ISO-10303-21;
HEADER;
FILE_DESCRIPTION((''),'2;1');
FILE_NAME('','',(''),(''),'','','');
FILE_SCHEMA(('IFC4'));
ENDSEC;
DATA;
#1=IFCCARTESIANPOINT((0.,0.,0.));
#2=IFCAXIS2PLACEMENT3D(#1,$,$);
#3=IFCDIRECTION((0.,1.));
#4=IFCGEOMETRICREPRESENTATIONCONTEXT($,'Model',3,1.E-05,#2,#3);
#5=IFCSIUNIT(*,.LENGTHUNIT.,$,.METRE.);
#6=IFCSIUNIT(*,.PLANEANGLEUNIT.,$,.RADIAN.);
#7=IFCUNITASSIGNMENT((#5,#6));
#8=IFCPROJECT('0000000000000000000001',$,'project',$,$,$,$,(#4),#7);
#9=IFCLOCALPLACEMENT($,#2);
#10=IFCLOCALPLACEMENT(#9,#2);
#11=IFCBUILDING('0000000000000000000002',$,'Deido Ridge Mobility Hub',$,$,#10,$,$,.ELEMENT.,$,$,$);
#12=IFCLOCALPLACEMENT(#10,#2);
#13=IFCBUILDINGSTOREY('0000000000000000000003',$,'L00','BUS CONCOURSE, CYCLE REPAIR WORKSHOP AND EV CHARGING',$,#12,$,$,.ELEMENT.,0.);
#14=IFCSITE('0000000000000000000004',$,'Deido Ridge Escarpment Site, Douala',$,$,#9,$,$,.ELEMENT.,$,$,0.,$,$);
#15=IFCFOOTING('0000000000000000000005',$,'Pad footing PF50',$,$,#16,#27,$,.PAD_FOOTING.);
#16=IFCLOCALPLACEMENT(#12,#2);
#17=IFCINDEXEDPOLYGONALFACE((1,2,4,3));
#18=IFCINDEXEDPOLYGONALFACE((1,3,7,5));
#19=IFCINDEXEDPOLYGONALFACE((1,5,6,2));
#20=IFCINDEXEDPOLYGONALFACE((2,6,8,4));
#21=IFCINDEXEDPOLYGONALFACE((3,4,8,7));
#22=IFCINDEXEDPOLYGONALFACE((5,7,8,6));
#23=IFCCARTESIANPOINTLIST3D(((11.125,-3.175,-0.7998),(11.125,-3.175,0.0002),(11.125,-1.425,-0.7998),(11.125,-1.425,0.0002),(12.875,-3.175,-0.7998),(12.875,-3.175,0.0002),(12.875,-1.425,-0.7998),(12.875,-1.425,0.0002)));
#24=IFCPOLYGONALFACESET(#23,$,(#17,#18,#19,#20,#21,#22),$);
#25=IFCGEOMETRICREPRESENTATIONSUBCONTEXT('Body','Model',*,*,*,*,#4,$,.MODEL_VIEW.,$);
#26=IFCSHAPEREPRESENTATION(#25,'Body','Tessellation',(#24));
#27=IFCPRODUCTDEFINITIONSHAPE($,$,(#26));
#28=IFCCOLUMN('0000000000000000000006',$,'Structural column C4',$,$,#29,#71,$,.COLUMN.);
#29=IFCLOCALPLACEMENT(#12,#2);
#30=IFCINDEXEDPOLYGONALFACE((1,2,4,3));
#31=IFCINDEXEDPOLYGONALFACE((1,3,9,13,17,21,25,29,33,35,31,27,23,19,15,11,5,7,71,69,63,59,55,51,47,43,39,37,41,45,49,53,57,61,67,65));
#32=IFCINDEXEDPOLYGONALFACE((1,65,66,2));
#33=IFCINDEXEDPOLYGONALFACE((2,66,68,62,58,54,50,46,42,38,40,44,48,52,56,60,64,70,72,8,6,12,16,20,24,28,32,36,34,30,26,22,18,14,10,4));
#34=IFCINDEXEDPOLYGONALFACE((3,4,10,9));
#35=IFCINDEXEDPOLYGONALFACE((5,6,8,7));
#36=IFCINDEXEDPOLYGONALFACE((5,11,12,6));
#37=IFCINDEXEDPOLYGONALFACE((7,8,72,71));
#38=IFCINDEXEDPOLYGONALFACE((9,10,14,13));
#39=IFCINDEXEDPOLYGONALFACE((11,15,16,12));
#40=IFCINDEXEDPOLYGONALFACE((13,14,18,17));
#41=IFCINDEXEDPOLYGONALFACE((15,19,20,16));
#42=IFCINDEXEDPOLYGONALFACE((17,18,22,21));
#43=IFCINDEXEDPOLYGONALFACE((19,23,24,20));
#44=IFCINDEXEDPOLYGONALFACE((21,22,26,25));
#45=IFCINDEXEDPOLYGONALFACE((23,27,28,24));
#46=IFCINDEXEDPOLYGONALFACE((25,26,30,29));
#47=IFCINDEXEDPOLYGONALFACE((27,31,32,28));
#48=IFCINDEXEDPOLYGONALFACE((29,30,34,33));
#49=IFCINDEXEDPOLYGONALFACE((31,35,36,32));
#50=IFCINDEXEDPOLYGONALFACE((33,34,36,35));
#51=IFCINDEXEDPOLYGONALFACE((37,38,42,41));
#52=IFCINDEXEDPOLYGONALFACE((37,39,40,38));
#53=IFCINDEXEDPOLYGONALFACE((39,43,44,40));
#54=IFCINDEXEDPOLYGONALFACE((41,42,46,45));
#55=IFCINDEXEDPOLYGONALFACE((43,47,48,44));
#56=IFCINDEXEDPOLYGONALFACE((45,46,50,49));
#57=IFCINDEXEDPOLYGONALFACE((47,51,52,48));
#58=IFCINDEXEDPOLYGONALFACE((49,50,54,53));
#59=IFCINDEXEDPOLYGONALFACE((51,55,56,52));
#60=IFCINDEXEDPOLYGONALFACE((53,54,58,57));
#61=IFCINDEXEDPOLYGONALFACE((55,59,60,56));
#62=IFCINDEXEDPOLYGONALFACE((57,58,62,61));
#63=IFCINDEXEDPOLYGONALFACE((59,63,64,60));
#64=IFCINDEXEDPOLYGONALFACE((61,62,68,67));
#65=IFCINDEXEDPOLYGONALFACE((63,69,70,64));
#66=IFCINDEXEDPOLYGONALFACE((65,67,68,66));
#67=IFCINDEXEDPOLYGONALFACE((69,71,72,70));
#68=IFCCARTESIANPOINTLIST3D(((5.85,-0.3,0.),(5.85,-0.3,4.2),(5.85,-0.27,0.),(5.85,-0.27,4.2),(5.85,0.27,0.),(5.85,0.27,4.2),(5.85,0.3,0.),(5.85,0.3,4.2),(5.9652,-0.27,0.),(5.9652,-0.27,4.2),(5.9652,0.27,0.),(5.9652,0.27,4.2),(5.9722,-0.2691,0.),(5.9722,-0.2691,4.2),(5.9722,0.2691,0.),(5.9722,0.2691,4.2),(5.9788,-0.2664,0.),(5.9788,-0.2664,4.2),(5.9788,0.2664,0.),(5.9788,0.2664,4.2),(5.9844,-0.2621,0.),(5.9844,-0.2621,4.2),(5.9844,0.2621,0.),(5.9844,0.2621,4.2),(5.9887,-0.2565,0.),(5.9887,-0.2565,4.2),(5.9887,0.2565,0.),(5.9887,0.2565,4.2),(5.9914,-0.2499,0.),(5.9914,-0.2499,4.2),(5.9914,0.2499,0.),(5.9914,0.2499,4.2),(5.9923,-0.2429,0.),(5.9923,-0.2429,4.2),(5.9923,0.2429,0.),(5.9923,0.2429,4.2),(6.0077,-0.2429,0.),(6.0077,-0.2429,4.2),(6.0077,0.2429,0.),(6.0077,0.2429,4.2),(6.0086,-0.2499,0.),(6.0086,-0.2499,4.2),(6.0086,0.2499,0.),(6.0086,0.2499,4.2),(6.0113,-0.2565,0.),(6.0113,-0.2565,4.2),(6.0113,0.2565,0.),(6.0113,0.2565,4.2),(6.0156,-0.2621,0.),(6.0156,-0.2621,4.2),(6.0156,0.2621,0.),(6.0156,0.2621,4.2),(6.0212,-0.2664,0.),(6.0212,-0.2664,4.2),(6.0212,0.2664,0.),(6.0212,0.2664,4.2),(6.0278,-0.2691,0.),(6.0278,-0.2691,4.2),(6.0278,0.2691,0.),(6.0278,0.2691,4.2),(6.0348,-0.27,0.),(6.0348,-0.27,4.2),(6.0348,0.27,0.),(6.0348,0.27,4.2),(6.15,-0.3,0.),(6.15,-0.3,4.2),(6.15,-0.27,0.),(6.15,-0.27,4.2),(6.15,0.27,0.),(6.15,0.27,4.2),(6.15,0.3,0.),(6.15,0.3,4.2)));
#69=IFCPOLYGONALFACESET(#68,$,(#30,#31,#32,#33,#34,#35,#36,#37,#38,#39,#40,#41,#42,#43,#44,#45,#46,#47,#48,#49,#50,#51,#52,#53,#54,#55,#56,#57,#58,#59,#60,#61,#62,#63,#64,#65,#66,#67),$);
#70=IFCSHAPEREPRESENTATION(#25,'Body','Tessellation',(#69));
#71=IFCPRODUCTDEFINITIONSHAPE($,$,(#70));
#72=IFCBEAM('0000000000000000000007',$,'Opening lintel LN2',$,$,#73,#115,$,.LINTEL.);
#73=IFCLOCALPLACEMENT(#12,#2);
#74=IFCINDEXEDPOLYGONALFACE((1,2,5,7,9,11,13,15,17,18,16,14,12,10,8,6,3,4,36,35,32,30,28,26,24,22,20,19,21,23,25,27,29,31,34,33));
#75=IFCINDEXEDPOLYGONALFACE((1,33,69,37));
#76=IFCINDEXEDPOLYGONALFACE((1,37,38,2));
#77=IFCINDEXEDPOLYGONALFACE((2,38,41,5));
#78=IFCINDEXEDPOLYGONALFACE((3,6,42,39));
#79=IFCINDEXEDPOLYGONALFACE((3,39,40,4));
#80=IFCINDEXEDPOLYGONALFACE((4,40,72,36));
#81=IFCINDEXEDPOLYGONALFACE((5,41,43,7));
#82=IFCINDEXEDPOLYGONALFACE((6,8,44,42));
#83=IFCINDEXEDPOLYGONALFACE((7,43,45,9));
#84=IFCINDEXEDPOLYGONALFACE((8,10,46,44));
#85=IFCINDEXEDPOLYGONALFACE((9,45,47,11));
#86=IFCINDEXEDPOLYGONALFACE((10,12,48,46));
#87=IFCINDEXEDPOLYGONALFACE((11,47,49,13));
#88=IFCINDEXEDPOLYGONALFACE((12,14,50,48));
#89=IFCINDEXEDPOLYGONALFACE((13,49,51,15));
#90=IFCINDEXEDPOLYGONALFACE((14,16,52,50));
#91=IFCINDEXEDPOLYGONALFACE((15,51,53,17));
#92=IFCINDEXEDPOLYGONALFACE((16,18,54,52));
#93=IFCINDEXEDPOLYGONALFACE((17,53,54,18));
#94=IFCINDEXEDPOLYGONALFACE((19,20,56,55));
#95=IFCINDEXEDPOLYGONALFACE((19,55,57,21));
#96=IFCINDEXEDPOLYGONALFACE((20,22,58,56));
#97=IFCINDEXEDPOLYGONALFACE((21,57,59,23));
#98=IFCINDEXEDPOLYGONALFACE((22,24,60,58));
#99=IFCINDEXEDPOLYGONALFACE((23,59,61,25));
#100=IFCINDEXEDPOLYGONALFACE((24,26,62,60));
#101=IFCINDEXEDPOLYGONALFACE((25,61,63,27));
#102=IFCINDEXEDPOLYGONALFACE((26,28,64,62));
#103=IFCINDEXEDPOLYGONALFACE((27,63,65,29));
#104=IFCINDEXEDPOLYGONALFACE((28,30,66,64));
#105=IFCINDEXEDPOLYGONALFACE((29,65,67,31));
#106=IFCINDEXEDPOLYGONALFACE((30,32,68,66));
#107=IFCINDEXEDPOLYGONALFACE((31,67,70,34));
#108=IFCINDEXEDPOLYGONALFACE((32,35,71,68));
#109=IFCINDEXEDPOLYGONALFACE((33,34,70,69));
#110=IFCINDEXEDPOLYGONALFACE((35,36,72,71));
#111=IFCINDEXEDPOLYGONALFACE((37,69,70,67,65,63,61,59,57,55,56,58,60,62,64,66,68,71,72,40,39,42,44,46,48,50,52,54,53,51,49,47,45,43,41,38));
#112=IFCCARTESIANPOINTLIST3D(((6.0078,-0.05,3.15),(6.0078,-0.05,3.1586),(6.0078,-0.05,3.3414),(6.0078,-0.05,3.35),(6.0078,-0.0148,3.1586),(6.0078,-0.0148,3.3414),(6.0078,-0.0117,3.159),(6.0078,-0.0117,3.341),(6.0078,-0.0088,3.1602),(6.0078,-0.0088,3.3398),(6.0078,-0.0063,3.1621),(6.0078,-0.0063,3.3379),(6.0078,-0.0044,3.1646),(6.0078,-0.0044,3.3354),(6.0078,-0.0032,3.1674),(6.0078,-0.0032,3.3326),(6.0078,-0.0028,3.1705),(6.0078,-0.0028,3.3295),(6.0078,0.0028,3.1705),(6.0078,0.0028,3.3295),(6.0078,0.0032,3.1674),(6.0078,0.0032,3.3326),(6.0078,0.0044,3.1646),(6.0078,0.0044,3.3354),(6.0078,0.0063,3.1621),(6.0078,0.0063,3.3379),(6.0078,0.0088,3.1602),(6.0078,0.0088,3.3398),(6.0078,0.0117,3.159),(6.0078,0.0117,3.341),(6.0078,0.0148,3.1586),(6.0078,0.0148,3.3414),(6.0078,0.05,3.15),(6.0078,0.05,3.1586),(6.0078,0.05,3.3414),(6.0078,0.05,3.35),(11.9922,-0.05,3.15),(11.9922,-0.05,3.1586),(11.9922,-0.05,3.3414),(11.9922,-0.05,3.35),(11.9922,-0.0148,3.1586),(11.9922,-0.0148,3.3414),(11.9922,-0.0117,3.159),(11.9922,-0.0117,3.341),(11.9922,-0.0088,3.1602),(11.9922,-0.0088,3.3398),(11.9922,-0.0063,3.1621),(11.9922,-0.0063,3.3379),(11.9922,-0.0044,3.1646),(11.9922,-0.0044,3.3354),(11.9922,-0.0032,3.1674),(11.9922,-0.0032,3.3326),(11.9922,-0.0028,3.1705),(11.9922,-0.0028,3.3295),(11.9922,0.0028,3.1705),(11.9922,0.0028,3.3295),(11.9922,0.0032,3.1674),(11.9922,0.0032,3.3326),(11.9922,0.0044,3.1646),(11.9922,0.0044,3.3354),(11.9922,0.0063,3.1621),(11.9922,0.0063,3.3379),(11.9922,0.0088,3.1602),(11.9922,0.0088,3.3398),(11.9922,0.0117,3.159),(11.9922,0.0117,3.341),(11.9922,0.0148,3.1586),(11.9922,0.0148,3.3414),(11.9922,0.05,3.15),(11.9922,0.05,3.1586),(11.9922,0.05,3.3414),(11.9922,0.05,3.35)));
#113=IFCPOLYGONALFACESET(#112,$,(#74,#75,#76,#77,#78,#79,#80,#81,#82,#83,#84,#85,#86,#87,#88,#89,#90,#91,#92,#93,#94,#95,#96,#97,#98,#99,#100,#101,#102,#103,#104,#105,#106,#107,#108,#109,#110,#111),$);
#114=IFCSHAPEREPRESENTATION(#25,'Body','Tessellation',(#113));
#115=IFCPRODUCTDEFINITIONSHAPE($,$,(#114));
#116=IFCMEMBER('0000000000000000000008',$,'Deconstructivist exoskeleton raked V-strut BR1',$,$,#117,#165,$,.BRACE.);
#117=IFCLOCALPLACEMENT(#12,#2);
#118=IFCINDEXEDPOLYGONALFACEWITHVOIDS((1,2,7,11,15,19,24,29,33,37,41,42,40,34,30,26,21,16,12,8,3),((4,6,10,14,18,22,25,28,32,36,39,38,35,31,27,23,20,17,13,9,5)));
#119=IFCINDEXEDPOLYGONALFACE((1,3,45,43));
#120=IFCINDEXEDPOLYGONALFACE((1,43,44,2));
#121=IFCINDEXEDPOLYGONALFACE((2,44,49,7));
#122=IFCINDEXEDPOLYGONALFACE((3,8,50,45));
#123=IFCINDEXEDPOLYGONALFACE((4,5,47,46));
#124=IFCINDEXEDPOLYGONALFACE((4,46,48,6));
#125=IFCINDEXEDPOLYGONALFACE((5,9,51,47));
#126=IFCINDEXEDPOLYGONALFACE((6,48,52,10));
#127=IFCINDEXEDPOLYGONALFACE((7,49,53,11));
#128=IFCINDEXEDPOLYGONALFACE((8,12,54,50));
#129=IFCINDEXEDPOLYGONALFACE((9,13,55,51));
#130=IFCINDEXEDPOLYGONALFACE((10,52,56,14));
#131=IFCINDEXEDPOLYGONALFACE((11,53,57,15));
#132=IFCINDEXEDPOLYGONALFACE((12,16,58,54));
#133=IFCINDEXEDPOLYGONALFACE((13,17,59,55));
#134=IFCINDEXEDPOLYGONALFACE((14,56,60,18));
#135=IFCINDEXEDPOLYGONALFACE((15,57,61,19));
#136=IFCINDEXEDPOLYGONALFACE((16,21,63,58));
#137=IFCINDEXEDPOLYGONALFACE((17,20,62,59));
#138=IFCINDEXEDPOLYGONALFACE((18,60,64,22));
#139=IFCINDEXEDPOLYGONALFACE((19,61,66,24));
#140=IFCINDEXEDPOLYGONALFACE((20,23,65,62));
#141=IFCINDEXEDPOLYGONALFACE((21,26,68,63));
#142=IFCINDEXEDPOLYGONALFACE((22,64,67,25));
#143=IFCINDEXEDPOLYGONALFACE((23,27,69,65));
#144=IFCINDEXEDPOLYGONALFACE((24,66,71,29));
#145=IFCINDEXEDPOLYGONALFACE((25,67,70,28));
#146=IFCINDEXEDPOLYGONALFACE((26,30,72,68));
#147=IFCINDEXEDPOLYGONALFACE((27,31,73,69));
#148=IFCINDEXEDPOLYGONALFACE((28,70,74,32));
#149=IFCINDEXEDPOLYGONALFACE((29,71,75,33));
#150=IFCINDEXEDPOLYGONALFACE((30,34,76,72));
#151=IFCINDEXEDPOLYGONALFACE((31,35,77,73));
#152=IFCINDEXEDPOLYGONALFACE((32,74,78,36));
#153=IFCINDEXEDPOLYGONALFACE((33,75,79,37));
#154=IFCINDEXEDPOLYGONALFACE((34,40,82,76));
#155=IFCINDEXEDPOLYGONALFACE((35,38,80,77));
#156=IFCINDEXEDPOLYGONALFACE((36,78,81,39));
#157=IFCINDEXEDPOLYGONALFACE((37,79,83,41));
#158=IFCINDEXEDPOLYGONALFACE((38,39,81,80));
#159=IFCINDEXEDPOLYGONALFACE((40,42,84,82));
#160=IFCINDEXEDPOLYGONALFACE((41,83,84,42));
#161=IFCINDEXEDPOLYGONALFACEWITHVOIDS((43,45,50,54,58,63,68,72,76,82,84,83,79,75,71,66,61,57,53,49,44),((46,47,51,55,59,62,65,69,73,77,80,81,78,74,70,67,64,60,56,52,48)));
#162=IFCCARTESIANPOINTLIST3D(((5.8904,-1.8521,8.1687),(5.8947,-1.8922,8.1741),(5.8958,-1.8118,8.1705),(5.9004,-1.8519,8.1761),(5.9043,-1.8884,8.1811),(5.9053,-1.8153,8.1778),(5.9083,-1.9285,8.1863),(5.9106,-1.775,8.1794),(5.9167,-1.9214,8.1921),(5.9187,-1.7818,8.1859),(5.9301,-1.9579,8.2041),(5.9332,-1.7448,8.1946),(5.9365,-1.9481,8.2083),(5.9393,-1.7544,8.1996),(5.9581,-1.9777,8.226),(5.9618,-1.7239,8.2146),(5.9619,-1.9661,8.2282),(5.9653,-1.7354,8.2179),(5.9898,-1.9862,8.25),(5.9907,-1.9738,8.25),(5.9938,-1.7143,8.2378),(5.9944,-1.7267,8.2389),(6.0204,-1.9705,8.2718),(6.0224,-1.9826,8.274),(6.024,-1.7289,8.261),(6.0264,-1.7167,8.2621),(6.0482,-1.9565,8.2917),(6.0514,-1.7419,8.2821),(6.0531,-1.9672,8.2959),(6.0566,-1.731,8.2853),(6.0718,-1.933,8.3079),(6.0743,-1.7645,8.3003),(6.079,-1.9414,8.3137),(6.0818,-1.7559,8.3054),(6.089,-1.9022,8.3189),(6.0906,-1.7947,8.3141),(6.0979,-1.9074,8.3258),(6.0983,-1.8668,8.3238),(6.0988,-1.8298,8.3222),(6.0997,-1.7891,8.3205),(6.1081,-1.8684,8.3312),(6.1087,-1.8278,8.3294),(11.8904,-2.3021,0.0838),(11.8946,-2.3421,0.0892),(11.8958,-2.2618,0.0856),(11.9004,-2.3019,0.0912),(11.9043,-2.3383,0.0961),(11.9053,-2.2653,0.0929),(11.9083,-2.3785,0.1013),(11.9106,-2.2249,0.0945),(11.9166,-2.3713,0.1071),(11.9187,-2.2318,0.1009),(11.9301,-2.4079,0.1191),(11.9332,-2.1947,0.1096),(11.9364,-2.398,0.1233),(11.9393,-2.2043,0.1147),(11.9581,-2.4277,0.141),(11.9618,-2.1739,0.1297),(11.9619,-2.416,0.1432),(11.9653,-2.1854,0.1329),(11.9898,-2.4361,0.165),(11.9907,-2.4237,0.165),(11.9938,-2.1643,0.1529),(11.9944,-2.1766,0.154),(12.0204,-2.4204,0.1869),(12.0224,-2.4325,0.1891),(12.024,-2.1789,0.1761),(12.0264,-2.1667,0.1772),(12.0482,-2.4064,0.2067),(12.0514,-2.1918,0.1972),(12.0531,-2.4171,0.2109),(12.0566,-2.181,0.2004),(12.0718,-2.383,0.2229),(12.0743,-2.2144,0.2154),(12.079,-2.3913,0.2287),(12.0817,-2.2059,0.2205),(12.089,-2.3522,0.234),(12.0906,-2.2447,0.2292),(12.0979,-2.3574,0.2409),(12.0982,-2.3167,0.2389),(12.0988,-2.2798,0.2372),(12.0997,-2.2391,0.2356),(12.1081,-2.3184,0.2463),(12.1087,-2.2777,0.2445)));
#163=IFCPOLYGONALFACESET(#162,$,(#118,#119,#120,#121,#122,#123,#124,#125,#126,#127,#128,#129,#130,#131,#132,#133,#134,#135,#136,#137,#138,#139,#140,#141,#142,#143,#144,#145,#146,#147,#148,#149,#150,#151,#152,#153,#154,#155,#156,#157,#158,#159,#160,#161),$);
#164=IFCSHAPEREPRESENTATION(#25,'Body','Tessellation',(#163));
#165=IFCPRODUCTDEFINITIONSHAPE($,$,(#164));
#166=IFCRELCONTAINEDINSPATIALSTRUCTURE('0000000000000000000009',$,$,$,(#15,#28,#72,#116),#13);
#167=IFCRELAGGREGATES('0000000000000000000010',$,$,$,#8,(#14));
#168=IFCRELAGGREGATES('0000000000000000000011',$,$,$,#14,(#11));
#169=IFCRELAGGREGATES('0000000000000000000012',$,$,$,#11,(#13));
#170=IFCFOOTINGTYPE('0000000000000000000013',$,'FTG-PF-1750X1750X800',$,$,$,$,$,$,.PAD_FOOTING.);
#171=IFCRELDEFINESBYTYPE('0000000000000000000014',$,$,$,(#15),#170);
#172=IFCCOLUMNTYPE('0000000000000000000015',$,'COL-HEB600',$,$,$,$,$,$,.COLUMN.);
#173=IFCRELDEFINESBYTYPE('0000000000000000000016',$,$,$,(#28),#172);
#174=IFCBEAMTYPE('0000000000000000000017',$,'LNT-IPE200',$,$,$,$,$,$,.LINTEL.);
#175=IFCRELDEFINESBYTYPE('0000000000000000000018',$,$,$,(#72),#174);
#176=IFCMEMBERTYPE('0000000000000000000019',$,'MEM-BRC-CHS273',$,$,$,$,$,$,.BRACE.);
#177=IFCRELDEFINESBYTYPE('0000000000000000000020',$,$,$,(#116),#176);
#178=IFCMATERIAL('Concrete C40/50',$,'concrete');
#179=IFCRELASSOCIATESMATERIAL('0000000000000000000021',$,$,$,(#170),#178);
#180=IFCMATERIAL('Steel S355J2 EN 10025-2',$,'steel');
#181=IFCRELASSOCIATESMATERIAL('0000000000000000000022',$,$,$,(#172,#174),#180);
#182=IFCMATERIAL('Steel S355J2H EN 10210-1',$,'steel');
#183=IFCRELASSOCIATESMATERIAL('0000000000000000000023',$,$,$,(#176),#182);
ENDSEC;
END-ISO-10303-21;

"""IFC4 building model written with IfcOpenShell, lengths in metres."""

from ifc_helpers import new_model, si_unit, direction, frame, origin, origin_2d, place, context, subcontext, project, spatial, rectangle, hollow_circle, i_section, extrude, material, material_profile, profile_set, type_object, element, save


model = new_model("IFC4")

# Units and contexts
model_context = context("Model", 3, precision=1e-05, world=origin(), true_north=direction((0.0, 1.0)))
body_context = subcontext(model_context, "Body", "Model", "MODEL_VIEW")
ifc_project = project(units=[si_unit("LENGTHUNIT", "METRE"), si_unit("PLANEANGLEUNIT", "RADIAN")], contexts=[model_context])

# Site, building, storey
site_placement = place(None, origin())
site = spatial("IfcSite", under=ifc_project, at=site_placement, Name="Deido Ridge Escarpment Site, Douala", CompositionType="ELEMENT", RefElevation=0.0)
building_placement = place(site_placement, origin())
building = spatial("IfcBuilding", under=site, at=building_placement, Name="Deido Ridge Mobility Hub", CompositionType="ELEMENT")
storey_placement = place(building_placement, origin())
storey = spatial("IfcBuildingStorey", under=building, at=storey_placement, Name="L00", Description="BUS CONCOURSE, CYCLE REPAIR WORKSHOP AND EV CHARGING", CompositionType="ELEMENT", Elevation=0.0)

# Footing
ifc_material_1 = material(Name="Concrete C40/50", Category="concrete")
footing_type = type_object("IfcFootingType", Name="FTG-PF-1750X1750X800", PredefinedType="PAD_FOOTING", material=ifc_material_1)
footing_placement = place(storey_placement, frame((12.0, -2.3, -0.7998), z_axis=(0.0, 0.0, 1.0), x_axis=(1.0, 0.0, 0.0)))
element("IfcFooting", 1, at=footing_placement, inside=storey, type_object=footing_type, Name="Pad footing PF50", PredefinedType="PAD_FOOTING", context=body_context, shape_type="SweptSolid", body=[
    extrude(rectangle(XDim=1.75, YDim=1.75, at=origin_2d()), origin(), (0.0, 0.0, 1.0), 0.8),
])

# Column
ifc_material_2 = material(Name="Steel S355J2 EN 10025-2", Category="steel")
ifc_material_profile_1 = material_profile(ifc_material_2, i_section(OverallWidth=0.3, OverallDepth=0.6001, WebThickness=0.0154, FlangeThickness=0.03, FilletRadius=0.0271, at=origin_2d()), Name="HEB 600")
ifc_profile_set_1 = profile_set([ifc_material_profile_1], Name="Steel S355J2 EN 10025-2")
column_type = type_object("IfcColumnType", Name="COL-HEB600", PredefinedType="COLUMN", material=ifc_profile_set_1)
column_placement = place(storey_placement, frame((6.0, 0.0, 0.0), z_axis=(0.0, 0.0, 1.0), x_axis=(1.0, 0.0, 0.0)))
element("IfcColumn", 2, at=column_placement, inside=storey, type_object=column_type, Name="Structural column C4", PredefinedType="COLUMN", context=body_context, shape_type="SweptSolid", body=[
    extrude(i_section(OverallWidth=0.3, OverallDepth=0.6001, WebThickness=0.0154, FlangeThickness=0.03, FilletRadius=0.0271, at=origin_2d()), origin(), (0.0, 0.0, 1.0), 4.2),
])

# Beam
ifc_material_profile_2 = material_profile(ifc_material_2, i_section(OverallWidth=0.1001, OverallDepth=0.2, WebThickness=0.0056, FlangeThickness=0.0085, FilletRadius=0.012, at=origin_2d()), Name="IPE 200")
ifc_profile_set_2 = profile_set([ifc_material_profile_2], Name="Steel S355J2 EN 10025-2")
beam_type_1 = type_object("IfcBeamType", Name="LNT-IPE200", PredefinedType="LINTEL", material=ifc_profile_set_2)
beam_1_placement = place(storey_placement, frame((6.0078, 0.0, 3.25), z_axis=(1.0, 0.0, 0.0), x_axis=(0.0, 1.0, 0.0)))
element("IfcBeam", 3, at=beam_1_placement, inside=storey, type_object=beam_type_1, Name="Opening lintel LN2", PredefinedType="LINTEL", context=body_context, shape_type="SweptSolid", body=[
    extrude(i_section(OverallWidth=0.1001, OverallDepth=0.2, WebThickness=0.0056, FlangeThickness=0.0085, FilletRadius=0.012, at=origin_2d()), origin(), (0.0, 0.0, 1.0), 5.9844),
])

# Member
ifc_material_3 = material(Name="Steel S355J2H EN 10210-1", Category="steel")
ifc_material_profile_3 = material_profile(ifc_material_3, hollow_circle(Radius=0.1365, WallThickness=0.0125, at=origin_2d()), Name="CHS 273x12.5")
ifc_profile_set_3 = profile_set([ifc_material_profile_3], Name="Steel S355J2H EN 10210-1")
member_type_1 = type_object("IfcMemberType", Name="MEM-BRC-CHS273", PredefinedType="BRACE", material=ifc_profile_set_3)
for number, where, z_axis, x_axis, name in (
    (4, (12.0, -2.3, 0.165), (-0.595348, 0.044646, 0.802227), (-0.074782, -0.9972, 0.0), "Deconstructivist exoskeleton raked V-strut BR1"),
):
    element("IfcMember", number, at=place(storey_placement, frame(where, z_axis=z_axis, x_axis=x_axis)), inside=storey, type_object=member_type_1, Name=name, PredefinedType="BRACE", context=body_context, shape_type="SweptSolid", body=[
        extrude(hollow_circle(Radius=0.1365, WallThickness=0.0125, at=origin_2d()), origin(), (0.0, 0.0, 1.0), 10.0781),
    ])

save(model, "model.ifc")
